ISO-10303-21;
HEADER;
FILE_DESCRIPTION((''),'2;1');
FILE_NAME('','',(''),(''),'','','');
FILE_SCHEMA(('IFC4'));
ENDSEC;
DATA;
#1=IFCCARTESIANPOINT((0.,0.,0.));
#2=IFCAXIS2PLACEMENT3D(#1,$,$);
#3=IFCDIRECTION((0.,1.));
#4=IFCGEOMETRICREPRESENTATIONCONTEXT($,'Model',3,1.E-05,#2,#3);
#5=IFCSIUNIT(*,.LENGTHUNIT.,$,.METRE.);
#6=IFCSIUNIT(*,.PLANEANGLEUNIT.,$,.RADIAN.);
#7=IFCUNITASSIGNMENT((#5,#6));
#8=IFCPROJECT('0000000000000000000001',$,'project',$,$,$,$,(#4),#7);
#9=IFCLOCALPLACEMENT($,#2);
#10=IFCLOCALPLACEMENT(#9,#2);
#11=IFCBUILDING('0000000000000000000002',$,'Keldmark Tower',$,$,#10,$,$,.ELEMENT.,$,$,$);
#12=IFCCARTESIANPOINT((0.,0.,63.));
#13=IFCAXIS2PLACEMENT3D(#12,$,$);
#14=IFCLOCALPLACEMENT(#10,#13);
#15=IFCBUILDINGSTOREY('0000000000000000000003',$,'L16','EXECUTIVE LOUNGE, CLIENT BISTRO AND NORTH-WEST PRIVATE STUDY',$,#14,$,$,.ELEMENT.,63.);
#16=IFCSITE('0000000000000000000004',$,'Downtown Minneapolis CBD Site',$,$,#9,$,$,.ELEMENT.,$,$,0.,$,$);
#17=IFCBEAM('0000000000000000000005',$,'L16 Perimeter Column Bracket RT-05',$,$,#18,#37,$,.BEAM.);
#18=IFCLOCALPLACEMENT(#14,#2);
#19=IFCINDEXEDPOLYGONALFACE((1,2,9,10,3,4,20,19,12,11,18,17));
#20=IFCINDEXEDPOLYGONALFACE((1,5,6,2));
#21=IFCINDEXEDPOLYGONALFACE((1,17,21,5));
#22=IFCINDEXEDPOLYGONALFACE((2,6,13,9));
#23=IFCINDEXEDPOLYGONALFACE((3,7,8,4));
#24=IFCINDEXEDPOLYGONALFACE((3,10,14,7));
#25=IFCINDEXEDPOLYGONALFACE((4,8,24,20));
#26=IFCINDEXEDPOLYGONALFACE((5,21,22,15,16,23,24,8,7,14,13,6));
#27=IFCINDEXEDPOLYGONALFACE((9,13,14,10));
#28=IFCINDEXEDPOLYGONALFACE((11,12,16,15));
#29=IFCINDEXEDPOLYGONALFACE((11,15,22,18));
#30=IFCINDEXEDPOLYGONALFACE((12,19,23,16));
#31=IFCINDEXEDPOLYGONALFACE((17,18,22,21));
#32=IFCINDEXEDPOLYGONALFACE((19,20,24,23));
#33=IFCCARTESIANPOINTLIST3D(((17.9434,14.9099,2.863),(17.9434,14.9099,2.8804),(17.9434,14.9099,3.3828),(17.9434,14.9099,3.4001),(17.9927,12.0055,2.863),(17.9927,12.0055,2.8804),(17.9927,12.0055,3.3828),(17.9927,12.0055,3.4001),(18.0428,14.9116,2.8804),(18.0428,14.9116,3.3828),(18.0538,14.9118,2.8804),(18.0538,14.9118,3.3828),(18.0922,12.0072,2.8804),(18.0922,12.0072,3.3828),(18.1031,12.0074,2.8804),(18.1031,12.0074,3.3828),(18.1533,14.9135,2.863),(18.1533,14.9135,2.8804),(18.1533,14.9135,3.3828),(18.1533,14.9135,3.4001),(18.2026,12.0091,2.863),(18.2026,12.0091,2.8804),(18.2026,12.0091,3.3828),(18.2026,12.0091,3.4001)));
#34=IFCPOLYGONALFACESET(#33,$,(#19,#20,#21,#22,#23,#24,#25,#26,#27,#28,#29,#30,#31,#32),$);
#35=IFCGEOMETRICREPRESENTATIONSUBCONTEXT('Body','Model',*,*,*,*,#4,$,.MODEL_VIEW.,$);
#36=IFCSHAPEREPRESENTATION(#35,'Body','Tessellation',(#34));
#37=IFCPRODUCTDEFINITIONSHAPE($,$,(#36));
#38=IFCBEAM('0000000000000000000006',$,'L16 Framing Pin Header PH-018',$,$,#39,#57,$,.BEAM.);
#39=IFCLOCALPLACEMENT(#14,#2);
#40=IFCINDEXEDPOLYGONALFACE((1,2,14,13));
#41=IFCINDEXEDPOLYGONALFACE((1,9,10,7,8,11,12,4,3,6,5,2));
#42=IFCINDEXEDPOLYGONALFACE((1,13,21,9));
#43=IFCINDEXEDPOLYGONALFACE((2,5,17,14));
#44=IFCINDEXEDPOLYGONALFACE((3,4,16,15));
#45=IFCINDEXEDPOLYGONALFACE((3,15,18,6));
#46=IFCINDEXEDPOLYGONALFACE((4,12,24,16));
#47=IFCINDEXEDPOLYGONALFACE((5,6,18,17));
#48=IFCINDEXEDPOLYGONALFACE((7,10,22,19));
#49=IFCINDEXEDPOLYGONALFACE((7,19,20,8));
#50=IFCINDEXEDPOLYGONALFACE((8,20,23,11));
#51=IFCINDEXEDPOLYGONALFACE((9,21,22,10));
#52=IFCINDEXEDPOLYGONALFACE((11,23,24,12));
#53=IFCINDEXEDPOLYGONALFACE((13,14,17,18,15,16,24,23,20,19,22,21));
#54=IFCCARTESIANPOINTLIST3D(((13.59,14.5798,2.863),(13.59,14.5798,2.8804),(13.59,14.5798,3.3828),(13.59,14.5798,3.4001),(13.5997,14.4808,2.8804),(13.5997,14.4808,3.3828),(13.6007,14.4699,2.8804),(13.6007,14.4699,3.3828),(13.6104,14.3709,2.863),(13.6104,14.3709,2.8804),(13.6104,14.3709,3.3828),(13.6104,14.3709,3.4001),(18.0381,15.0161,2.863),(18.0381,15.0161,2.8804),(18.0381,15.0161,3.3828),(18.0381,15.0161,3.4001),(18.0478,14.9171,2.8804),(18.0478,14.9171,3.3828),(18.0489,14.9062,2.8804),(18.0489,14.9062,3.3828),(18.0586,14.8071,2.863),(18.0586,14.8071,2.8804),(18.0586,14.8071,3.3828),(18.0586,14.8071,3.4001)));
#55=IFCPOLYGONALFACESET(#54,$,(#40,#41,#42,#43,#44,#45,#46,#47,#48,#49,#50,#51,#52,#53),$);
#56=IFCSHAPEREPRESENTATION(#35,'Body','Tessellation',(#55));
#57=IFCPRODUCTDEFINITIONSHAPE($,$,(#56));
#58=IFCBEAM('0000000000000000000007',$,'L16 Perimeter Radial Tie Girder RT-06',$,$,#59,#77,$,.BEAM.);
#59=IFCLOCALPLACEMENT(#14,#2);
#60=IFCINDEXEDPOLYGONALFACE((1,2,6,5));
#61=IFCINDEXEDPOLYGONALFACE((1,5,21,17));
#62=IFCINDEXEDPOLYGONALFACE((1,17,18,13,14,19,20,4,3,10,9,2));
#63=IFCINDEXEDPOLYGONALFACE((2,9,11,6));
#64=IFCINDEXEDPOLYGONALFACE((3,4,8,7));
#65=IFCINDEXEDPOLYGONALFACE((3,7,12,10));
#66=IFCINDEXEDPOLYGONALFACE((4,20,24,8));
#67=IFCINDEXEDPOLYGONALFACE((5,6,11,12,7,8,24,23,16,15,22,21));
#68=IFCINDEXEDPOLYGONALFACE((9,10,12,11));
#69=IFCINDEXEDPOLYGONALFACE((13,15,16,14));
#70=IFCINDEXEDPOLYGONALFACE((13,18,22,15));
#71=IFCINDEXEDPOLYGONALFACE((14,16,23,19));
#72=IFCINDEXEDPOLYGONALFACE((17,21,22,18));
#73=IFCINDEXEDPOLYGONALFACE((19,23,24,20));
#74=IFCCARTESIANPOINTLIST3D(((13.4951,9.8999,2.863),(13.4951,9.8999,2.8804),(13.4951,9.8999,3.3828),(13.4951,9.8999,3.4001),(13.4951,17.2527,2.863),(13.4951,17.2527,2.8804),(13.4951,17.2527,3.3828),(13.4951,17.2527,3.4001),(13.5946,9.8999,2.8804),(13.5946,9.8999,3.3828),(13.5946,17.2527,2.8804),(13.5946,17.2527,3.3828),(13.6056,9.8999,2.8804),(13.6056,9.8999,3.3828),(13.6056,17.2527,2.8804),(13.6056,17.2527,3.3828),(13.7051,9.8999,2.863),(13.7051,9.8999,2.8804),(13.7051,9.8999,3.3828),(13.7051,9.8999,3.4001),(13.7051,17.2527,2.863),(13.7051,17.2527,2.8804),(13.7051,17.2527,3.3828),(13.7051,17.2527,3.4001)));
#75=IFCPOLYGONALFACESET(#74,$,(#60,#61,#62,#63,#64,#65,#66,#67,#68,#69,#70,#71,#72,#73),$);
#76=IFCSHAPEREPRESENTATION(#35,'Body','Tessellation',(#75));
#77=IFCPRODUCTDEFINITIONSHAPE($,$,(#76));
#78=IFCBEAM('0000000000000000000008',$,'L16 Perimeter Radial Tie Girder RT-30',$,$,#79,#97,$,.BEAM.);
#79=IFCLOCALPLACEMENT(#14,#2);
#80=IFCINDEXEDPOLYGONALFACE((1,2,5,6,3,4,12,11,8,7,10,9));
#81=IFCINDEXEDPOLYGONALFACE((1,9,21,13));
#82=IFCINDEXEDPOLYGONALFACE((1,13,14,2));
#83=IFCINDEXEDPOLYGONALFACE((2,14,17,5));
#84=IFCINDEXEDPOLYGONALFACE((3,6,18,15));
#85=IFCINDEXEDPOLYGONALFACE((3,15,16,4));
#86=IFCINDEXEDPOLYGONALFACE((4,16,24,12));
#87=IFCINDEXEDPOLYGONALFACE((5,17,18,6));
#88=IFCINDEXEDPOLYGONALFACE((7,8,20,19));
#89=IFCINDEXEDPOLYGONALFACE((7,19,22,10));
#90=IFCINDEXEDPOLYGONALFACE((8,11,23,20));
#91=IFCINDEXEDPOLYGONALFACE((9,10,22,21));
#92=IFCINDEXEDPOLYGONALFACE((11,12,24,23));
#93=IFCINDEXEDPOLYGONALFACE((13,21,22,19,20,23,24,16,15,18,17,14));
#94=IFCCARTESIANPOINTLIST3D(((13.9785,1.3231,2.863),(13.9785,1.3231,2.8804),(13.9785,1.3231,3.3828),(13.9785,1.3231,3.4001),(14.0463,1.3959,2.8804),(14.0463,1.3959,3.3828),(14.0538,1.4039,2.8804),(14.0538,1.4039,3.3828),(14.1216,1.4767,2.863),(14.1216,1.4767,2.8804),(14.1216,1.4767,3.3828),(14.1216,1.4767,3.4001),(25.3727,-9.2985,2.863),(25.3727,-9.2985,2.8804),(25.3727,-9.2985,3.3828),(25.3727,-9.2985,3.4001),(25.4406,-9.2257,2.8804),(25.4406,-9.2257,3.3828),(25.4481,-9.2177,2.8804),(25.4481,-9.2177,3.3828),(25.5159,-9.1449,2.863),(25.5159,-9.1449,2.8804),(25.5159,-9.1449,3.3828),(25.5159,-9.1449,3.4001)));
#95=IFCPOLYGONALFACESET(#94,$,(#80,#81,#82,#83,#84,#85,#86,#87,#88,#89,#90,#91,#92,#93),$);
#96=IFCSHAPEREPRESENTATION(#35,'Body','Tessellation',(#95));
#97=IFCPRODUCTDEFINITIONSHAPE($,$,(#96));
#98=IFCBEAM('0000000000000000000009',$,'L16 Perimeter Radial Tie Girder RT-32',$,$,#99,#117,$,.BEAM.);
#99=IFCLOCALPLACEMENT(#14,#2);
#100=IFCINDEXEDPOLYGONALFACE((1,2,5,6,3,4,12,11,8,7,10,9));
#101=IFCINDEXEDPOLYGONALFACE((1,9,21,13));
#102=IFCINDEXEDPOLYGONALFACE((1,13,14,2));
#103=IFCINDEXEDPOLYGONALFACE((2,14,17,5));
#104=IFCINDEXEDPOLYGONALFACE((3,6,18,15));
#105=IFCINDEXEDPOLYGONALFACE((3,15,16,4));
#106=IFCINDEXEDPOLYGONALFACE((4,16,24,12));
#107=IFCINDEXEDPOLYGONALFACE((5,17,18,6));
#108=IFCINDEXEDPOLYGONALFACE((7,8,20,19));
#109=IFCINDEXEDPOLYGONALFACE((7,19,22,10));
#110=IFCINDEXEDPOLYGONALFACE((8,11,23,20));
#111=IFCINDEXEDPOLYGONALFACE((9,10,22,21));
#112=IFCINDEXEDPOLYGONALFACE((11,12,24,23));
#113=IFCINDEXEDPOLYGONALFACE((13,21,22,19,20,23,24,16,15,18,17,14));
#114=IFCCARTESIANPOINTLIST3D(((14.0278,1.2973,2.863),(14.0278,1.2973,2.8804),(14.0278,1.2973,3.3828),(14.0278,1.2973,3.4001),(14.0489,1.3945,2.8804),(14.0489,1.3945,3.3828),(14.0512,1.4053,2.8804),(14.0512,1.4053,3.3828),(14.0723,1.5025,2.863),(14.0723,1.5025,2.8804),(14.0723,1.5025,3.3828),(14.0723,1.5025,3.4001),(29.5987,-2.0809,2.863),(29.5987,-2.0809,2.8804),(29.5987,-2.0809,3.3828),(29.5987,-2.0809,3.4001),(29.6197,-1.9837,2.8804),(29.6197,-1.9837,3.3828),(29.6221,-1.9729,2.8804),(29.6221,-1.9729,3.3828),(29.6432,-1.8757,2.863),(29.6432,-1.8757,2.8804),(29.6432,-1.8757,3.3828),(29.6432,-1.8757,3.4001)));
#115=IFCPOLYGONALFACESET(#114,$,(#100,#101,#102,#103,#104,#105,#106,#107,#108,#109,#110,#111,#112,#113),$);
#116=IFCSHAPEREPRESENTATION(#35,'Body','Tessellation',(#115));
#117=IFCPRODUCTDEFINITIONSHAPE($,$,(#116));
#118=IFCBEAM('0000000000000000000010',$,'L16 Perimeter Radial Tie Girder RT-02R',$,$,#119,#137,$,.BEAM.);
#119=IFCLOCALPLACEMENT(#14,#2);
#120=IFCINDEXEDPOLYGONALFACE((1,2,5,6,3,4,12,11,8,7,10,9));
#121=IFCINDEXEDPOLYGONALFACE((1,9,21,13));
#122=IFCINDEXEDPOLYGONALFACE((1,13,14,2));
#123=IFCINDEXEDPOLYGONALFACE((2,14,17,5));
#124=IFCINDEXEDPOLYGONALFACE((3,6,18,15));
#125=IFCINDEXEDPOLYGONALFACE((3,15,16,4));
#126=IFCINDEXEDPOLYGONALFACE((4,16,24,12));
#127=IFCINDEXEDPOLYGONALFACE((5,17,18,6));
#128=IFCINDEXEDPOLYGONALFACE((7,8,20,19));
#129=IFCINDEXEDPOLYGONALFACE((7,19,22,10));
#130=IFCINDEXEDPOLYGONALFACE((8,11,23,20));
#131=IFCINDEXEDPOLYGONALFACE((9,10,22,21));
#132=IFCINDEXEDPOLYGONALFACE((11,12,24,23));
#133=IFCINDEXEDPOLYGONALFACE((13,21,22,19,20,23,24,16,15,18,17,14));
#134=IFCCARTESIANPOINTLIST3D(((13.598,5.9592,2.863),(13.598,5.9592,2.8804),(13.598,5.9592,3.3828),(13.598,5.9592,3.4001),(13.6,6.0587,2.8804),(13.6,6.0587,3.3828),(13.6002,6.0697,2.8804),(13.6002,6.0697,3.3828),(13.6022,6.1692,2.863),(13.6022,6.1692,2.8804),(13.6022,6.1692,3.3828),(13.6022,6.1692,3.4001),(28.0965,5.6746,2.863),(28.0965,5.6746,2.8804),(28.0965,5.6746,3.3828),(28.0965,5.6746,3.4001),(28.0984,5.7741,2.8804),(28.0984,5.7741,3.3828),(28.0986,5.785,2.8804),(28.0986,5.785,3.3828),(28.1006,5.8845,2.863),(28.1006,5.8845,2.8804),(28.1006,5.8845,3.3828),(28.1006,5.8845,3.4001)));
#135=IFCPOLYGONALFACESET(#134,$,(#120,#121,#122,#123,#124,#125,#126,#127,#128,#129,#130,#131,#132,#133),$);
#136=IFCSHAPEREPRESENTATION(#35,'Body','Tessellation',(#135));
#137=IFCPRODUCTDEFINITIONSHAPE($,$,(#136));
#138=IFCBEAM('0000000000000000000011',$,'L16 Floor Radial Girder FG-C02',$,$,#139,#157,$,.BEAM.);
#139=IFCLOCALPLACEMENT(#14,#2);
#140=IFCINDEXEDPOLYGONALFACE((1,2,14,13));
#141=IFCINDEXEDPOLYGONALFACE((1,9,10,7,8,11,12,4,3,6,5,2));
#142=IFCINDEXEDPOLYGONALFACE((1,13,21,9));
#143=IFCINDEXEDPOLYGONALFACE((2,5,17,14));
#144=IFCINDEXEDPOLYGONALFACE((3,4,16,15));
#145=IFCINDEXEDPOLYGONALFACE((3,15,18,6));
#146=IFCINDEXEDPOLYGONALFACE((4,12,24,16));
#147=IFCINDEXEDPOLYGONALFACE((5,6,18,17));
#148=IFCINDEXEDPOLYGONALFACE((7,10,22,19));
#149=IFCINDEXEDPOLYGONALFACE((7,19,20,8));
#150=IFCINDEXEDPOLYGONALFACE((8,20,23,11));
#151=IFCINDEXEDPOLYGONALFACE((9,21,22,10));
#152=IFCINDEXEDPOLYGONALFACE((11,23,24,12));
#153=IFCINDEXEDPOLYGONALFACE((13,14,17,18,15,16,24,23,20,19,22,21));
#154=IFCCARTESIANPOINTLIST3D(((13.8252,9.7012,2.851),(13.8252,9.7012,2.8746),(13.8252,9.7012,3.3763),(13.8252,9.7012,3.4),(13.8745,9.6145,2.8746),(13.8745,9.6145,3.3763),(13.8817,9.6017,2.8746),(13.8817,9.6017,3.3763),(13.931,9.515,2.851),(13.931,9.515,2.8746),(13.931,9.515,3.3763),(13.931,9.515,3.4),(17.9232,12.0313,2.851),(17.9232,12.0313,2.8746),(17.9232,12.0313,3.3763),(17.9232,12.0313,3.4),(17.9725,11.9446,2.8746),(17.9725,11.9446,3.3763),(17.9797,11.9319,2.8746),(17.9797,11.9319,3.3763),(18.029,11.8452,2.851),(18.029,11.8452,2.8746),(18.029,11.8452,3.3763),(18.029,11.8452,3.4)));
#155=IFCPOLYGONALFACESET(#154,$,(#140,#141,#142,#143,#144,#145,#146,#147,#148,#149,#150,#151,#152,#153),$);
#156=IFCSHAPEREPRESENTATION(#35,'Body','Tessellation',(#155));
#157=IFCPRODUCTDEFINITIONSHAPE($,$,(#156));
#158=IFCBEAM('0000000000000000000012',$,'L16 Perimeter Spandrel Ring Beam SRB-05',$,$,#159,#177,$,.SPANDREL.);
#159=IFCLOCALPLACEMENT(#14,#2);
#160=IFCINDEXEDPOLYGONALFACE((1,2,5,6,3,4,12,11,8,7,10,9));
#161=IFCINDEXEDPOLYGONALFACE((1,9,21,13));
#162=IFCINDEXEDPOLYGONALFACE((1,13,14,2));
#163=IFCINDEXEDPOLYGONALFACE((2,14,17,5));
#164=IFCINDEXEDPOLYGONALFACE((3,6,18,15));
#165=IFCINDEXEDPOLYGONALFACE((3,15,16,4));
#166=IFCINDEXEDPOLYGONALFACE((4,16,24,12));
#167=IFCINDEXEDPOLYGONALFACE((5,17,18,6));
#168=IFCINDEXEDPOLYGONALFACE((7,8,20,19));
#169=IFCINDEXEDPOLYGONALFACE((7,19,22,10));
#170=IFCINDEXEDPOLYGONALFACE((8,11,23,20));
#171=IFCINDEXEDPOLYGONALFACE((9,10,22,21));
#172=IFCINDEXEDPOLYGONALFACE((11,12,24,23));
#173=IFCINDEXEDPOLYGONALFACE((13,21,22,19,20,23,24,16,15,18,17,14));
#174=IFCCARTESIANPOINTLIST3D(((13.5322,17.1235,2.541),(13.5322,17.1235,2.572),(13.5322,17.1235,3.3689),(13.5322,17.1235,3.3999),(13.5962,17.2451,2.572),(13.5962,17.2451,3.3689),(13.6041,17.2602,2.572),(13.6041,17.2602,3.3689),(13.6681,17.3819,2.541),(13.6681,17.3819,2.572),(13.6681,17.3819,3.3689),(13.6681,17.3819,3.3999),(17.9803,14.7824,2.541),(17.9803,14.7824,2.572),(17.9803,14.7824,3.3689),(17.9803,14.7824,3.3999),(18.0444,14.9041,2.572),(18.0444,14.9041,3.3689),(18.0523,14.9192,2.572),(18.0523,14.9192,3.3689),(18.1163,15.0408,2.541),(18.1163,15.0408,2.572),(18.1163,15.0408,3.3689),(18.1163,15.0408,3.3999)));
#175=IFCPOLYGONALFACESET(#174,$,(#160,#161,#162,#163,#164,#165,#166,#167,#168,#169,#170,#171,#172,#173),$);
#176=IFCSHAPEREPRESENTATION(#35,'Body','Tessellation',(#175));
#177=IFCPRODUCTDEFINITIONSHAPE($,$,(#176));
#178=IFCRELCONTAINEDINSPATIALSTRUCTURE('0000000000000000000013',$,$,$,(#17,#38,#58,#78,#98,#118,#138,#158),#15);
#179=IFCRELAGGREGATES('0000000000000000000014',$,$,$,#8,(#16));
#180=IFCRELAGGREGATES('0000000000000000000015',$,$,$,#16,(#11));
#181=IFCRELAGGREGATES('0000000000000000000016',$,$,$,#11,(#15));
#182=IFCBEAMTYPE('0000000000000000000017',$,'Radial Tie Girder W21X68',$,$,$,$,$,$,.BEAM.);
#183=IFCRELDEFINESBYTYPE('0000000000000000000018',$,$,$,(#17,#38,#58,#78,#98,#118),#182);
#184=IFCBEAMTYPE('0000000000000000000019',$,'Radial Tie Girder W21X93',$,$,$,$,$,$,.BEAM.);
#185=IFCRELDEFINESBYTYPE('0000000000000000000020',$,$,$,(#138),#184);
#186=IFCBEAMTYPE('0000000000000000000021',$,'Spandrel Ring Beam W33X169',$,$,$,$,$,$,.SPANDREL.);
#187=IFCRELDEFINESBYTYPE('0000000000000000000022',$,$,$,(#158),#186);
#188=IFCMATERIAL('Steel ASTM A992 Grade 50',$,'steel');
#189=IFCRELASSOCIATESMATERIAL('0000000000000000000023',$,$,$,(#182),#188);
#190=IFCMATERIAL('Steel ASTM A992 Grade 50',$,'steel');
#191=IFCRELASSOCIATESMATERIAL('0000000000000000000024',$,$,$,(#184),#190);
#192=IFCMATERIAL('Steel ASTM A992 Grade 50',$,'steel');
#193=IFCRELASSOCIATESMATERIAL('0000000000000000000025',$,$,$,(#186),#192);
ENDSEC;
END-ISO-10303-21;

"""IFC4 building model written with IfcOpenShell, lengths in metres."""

from ifc_helpers import new_model, si_unit, direction, frame, origin, origin_2d, place, context, subcontext, project, spatial, i_section, extrude, material, material_profile, profile_set, type_object, element, save


model = new_model("IFC4")

# Units and contexts
model_context = context("Model", 3, precision=1e-05, world=origin(), true_north=direction((0.0, 1.0)))
body_context = subcontext(model_context, "Body", "Model", "MODEL_VIEW")
ifc_project = project(units=[si_unit("LENGTHUNIT", "METRE"), si_unit("PLANEANGLEUNIT", "RADIAN")], contexts=[model_context])

# Site, building, storey
site_placement = place(None, origin())
site = spatial("IfcSite", under=ifc_project, at=site_placement, Name="Downtown Minneapolis CBD Site", CompositionType="ELEMENT", RefElevation=0.0)
building_placement = place(site_placement, origin())
building = spatial("IfcBuilding", under=site, at=building_placement, Name="Keldmark Tower", CompositionType="ELEMENT")
storey_placement = place(building_placement, frame((0.0, 0.0, 63.0)))
storey = spatial("IfcBuildingStorey", under=building, at=storey_placement, Name="L16", Description="EXECUTIVE LOUNGE, CLIENT BISTRO AND NORTH-WEST PRIVATE STUDY", CompositionType="ELEMENT", Elevation=63.0)

# Beams
ifc_material_1 = material(Name="Steel ASTM A992 Grade 50", Category="steel")
ifc_material_profile_1 = material_profile(ifc_material_1, i_section(OverallWidth=0.21, OverallDepth=0.5371, WebThickness=0.011, FlangeThickness=0.0173, at=origin_2d()), Name="W21X68")
ifc_profile_set_1 = profile_set([ifc_material_profile_1], Name="Steel ASTM A992 Grade 50")
beam_type_1 = type_object("IfcBeamType", Name="Radial Tie Girder W21X68", PredefinedType="BEAM", material=ifc_profile_set_1)
beam_1_placement = place(storey_placement, frame((18.0977, 12.0073, 3.1316), z_axis=(-0.016978, 0.999856, 0.0), x_axis=(-0.999856, -0.016978, 0.0)))
element("IfcBeam", 1, at=beam_1_placement, inside=storey, type_object=beam_type_1, Name="L16 Perimeter Column Bracket RT-05", PredefinedType="BEAM", context=body_context, shape_type="SweptSolid", body=[
    extrude(i_section(OverallWidth=0.21, OverallDepth=0.5371, WebThickness=0.011, FlangeThickness=0.0173, at=origin_2d()), origin(), (0.0, 0.0, 1.0), 2.9048),
])
beam_2_placement = place(storey_placement, frame((18.0483, 14.9116, 3.1316), z_axis=(-0.995225, -0.097611, 0.0), x_axis=(0.097611, -0.995225, 0.0)))
element("IfcBeam", 2, at=beam_2_placement, inside=storey, type_object=beam_type_1, Name="L16 Framing Pin Header PH-018", PredefinedType="BEAM", context=body_context, shape_type="SweptSolid", body=[
    extrude(i_section(OverallWidth=0.21, OverallDepth=0.5371, WebThickness=0.011, FlangeThickness=0.0173, at=origin_2d()), origin(), (0.0, 0.0, 1.0), 4.4695),
])
beam_3_placement = place(storey_placement, frame((13.6001, 9.8999, 3.1316), z_axis=(0.0, 1.0, 0.0), x_axis=(-1.0, 0.0, 0.0)))
element("IfcBeam", 3, at=beam_3_placement, inside=storey, type_object=beam_type_1, Name="L16 Perimeter Radial Tie Girder RT-06", PredefinedType="BEAM", context=body_context, shape_type="SweptSolid", body=[
    extrude(i_section(OverallWidth=0.21, OverallDepth=0.5371, WebThickness=0.011, FlangeThickness=0.0173, at=origin_2d()), origin(), (0.0, 0.0, 1.0), 7.3528),
])
beam_4_placement = place(storey_placement, frame((14.05, 1.3999, 3.1316), z_axis=(0.731474, -0.681869, 0.0), x_axis=(0.681869, 0.731474, 0.0)))
element("IfcBeam", 4, at=beam_4_placement, inside=storey, type_object=beam_type_1, Name="L16 Perimeter Radial Tie Girder RT-30", PredefinedType="BEAM", context=body_context, shape_type="SweptSolid", body=[
    extrude(i_section(OverallWidth=0.21, OverallDepth=0.5371, WebThickness=0.011, FlangeThickness=0.0173, at=origin_2d()), origin(), (0.0, 0.0, 1.0), 15.5771),
])
beam_5_placement = place(storey_placement, frame((14.05, 1.3999, 3.1316), z_axis=(0.977265, -0.212023, 0.0), x_axis=(0.212023, 0.977265, 0.0)))
element("IfcBeam", 5, at=beam_5_placement, inside=storey, type_object=beam_type_1, Name="L16 Perimeter Radial Tie Girder RT-32", PredefinedType="BEAM", context=body_context, shape_type="SweptSolid", body=[
    extrude(i_section(OverallWidth=0.21, OverallDepth=0.5371, WebThickness=0.011, FlangeThickness=0.0173, at=origin_2d()), origin(), (0.0, 0.0, 1.0), 15.9331),
])
beam_6_placement = place(storey_placement, frame((13.6001, 6.0642, 3.1316), z_axis=(0.999807, -0.01963, 0.0), x_axis=(0.01963, 0.999807, 0.0)))
element("IfcBeam", 6, at=beam_6_placement, inside=storey, type_object=beam_type_1, Name="L16 Perimeter Radial Tie Girder RT-02R", PredefinedType="BEAM", context=body_context, shape_type="SweptSolid", body=[
    extrude(i_section(OverallWidth=0.21, OverallDepth=0.5371, WebThickness=0.011, FlangeThickness=0.0173, at=origin_2d()), origin(), (0.0, 0.0, 1.0), 14.5012),
])
ifc_material_2 = material(Name="Steel ASTM A992 Grade 50", Category="steel")
ifc_material_profile_2 = material_profile(ifc_material_2, i_section(OverallWidth=0.2141, OverallDepth=0.5491, WebThickness=0.0146, FlangeThickness=0.0237, at=origin_2d()), Name="W21X93")
ifc_profile_set_2 = profile_set([ifc_material_profile_2], Name="Steel ASTM A992 Grade 50")
beam_type_2 = type_object("IfcBeamType", Name="Radial Tie Girder W21X93", PredefinedType="BEAM", material=ifc_profile_set_2)
beam_7_placement = place(storey_placement, frame((17.9761, 11.9382, 3.1255), z_axis=(-0.869299, -0.494286, 0.0), x_axis=(0.494286, -0.869299, 0.0)))
element("IfcBeam", 7, at=beam_7_placement, inside=storey, type_object=beam_type_2, Name="L16 Floor Radial Girder FG-C02", PredefinedType="BEAM", context=body_context, shape_type="SweptSolid", body=[
    extrude(i_section(OverallWidth=0.2141, OverallDepth=0.5491, WebThickness=0.0146, FlangeThickness=0.0237, at=origin_2d()), origin(), (0.0, 0.0, 1.0), 4.7141),
])
ifc_material_3 = material(Name="Steel ASTM A992 Grade 50", Category="steel")
ifc_material_profile_3 = material_profile(ifc_material_3, i_section(OverallWidth=0.292, OverallDepth=0.8589, WebThickness=0.0171, FlangeThickness=0.031, at=origin_2d()), Name="W33X169")
ifc_profile_set_3 = profile_set([ifc_material_profile_3], Name="Steel ASTM A992 Grade 50")
beam_type_3 = type_object("IfcBeamType", Name="Spandrel Ring Beam W33X169", PredefinedType="SPANDREL", material=ifc_profile_set_3)
beam_8_placement = place(storey_placement, frame((18.0483, 14.9116, 2.9705), z_axis=(-0.884928, 0.465728, 0.0), x_axis=(-0.465728, -0.884928, 0.0)))
element("IfcBeam", 8, at=beam_8_placement, inside=storey, type_object=beam_type_3, Name="L16 Perimeter Spandrel Ring Beam SRB-05", PredefinedType="SPANDREL", context=body_context, shape_type="SweptSolid", body=[
    extrude(i_section(OverallWidth=0.292, OverallDepth=0.8589, WebThickness=0.0171, FlangeThickness=0.031, at=origin_2d()), origin(), (0.0, 0.0, 1.0), 5.0266),
])

save(model, "model.ifc")
